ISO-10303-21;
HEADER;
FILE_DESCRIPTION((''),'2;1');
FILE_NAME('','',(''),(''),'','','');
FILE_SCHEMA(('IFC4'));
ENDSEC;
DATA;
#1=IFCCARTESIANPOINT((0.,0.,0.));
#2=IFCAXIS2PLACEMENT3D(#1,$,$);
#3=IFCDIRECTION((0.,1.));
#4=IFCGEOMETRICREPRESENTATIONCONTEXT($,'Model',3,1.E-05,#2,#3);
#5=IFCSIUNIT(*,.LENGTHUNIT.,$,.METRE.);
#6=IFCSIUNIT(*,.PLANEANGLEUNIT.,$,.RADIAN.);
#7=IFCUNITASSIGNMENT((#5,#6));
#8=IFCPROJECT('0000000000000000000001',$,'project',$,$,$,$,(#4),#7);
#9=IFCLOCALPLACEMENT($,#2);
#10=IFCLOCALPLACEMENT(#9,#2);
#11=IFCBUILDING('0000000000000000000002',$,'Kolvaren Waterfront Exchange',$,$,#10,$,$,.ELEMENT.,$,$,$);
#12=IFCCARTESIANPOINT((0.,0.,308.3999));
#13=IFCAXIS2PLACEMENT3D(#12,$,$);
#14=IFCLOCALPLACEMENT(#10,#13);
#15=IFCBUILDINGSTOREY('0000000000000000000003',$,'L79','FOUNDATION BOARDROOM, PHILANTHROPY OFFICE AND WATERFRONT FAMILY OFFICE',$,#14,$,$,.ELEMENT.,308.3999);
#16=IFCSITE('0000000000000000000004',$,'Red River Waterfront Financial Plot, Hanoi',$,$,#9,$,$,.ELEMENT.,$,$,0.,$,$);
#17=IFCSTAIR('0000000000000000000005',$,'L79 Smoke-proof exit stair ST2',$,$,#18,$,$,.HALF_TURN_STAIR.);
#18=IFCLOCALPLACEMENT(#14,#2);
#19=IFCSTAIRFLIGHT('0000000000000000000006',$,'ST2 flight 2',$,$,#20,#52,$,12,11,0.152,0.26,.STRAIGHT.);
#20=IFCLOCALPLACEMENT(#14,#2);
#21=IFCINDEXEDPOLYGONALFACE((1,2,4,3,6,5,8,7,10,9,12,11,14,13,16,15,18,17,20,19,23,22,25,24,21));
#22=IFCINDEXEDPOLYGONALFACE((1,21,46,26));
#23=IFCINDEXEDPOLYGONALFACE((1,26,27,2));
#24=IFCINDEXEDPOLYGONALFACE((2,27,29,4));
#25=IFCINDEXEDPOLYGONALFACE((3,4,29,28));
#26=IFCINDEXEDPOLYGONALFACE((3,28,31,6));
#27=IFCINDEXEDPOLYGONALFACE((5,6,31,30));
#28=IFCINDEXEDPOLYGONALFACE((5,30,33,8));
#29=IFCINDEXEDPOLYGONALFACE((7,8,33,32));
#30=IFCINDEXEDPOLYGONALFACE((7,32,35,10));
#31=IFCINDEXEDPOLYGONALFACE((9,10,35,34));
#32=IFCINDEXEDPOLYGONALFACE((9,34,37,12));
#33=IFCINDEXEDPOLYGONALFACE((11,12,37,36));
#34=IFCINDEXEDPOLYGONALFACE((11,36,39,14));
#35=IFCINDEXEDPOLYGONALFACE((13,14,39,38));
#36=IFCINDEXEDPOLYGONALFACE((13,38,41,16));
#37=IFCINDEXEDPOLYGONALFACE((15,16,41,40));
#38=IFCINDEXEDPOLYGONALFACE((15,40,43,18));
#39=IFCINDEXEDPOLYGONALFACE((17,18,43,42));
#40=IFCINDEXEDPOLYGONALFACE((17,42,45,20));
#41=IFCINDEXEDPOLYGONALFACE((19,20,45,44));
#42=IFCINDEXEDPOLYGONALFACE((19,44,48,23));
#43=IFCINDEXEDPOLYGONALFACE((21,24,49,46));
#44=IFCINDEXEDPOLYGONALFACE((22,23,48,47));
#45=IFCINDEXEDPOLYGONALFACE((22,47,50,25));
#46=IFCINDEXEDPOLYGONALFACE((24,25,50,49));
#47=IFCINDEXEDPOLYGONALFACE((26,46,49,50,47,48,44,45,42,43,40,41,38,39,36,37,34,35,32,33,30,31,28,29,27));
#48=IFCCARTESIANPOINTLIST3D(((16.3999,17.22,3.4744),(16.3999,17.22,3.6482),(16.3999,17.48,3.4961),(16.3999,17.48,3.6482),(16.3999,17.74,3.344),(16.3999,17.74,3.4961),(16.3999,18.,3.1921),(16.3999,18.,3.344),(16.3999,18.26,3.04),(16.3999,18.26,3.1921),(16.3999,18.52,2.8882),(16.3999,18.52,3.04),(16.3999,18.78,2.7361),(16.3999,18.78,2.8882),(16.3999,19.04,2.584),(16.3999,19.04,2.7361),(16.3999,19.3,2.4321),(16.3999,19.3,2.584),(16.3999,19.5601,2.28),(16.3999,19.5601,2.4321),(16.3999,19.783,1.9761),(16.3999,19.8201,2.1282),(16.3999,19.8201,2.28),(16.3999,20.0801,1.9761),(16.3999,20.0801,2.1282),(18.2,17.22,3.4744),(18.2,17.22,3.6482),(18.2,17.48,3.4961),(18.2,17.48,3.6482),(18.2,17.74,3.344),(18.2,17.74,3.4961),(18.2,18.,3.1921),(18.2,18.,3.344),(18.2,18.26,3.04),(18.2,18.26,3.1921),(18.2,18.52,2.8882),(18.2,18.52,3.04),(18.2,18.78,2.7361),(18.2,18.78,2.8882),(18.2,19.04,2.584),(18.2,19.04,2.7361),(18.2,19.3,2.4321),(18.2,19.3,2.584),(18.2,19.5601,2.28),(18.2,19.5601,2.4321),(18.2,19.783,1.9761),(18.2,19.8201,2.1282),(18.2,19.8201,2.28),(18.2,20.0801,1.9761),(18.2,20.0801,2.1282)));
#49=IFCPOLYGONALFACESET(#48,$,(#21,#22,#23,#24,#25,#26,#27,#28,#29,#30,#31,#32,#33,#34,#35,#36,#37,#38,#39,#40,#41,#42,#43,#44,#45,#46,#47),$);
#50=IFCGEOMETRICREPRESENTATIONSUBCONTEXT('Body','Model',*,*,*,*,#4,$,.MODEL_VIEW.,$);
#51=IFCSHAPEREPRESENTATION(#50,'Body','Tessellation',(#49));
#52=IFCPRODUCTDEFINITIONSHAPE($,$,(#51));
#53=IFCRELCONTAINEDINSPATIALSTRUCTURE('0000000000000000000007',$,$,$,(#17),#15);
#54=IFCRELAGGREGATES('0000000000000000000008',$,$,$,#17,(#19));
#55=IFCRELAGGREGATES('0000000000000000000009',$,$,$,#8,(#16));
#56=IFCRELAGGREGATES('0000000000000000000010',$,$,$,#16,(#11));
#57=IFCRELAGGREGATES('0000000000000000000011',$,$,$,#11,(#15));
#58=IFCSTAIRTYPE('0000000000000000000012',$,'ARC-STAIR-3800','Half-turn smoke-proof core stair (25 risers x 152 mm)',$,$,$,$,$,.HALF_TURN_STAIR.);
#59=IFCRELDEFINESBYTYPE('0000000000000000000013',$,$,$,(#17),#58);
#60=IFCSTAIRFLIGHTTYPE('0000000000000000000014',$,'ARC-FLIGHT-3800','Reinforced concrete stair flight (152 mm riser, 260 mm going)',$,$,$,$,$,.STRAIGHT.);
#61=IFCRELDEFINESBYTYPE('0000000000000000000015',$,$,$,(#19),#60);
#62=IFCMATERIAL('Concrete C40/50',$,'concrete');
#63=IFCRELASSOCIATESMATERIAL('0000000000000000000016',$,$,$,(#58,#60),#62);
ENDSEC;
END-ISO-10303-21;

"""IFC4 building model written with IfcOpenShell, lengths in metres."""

from ifc_helpers import new_model, si_unit, direction, frame, origin, place, context, subcontext, project, spatial, polyline, outline, extrude, material, type_object, element, aggregate, save


model = new_model("IFC4")

# Units and contexts
model_context = context("Model", 3, precision=1e-05, world=origin(), true_north=direction((0.0, 1.0)))
body_context = subcontext(model_context, "Body", "Model", "MODEL_VIEW")
ifc_project = project(units=[si_unit("LENGTHUNIT", "METRE"), si_unit("PLANEANGLEUNIT", "RADIAN")], contexts=[model_context])

# Site, building, storey
site_placement = place(None, origin())
site = spatial("IfcSite", under=ifc_project, at=site_placement, Name="Red River Waterfront Financial Plot, Hanoi", CompositionType="ELEMENT", RefElevation=0.0)
building_placement = place(site_placement, origin())
building = spatial("IfcBuilding", under=site, at=building_placement, Name="Kolvaren Waterfront Exchange", CompositionType="ELEMENT")
storey_placement = place(building_placement, frame((0.0, 0.0, 308.3999)))
storey = spatial("IfcBuildingStorey", under=building, at=storey_placement, Name="L79", Description="FOUNDATION BOARDROOM, PHILANTHROPY OFFICE AND WATERFRONT FAMILY OFFICE", CompositionType="ELEMENT", Elevation=308.3999)

# Stair, stair flight
ifc_material_1 = material(Name="Concrete C40/50", Category="concrete")
stair_type = type_object("IfcStairType", Name="ARC-STAIR-3800", Description="Half-turn smoke-proof core stair (25 risers x 152 mm)", PredefinedType="HALF_TURN_STAIR", material=ifc_material_1)
stair_placement = place(storey_placement, origin())
stair = element("IfcStair", 1, at=stair_placement, inside=storey, type_object=stair_type, Name="L79 Smoke-proof exit stair ST2", PredefinedType="HALF_TURN_STAIR")
stair_flight_type = type_object("IfcStairFlightType", Name="ARC-FLIGHT-3800", Description="Reinforced concrete stair flight (152 mm riser, 260 mm going)", PredefinedType="STRAIGHT", material=ifc_material_1)
stair_flight_placement = place(storey_placement, frame((17.3, 20.0801, 1.9761), z_axis=(0.0, 0.0, 1.0), x_axis=(0.0, -1.0, 0.0)))
stair_flight = element("IfcStairFlight", 2, at=stair_flight_placement, type_object=stair_flight_type, Name="ST2 flight 2", NumberOfRisers=12, NumberOfTreads=11, PredefinedType="STRAIGHT", RiserHeight=0.152, TreadLength=0.26, context=body_context, shape_type="SweptSolid", body=[
    extrude(outline(polyline([(0.0, 0.0), (0.0, 0.1521), (0.26, 0.1521), (0.26, 0.304), (0.52, 0.304), (0.52, 0.4561), (0.78, 0.4561), (0.78, 0.6079), (1.04, 0.6079), (1.04, 0.76), (1.3, 0.76), (1.3, 0.9121), (1.5601, 0.9121), (1.5601, 1.064), (1.8201, 1.064), (1.8201, 1.2161), (2.0801, 1.2161), (2.0801, 1.3679), (2.3401, 1.3679), (2.3401, 1.52), (2.6001, 1.52), (2.6001, 1.6721), (2.8601, 1.6721), (2.8601, 1.824), (2.8601, 1.4983), (0.2971, 0.0), (0.0, 0.0)])), frame((0.0, 0.8999, 0.0), z_axis=(0.0, -1.0, 0.0), x_axis=(1.0, 0.0, 0.0)), (0.0, 0.0, 1.0), 1.8),
])
aggregate(stair, [stair_flight])

save(model, "model.ifc")
